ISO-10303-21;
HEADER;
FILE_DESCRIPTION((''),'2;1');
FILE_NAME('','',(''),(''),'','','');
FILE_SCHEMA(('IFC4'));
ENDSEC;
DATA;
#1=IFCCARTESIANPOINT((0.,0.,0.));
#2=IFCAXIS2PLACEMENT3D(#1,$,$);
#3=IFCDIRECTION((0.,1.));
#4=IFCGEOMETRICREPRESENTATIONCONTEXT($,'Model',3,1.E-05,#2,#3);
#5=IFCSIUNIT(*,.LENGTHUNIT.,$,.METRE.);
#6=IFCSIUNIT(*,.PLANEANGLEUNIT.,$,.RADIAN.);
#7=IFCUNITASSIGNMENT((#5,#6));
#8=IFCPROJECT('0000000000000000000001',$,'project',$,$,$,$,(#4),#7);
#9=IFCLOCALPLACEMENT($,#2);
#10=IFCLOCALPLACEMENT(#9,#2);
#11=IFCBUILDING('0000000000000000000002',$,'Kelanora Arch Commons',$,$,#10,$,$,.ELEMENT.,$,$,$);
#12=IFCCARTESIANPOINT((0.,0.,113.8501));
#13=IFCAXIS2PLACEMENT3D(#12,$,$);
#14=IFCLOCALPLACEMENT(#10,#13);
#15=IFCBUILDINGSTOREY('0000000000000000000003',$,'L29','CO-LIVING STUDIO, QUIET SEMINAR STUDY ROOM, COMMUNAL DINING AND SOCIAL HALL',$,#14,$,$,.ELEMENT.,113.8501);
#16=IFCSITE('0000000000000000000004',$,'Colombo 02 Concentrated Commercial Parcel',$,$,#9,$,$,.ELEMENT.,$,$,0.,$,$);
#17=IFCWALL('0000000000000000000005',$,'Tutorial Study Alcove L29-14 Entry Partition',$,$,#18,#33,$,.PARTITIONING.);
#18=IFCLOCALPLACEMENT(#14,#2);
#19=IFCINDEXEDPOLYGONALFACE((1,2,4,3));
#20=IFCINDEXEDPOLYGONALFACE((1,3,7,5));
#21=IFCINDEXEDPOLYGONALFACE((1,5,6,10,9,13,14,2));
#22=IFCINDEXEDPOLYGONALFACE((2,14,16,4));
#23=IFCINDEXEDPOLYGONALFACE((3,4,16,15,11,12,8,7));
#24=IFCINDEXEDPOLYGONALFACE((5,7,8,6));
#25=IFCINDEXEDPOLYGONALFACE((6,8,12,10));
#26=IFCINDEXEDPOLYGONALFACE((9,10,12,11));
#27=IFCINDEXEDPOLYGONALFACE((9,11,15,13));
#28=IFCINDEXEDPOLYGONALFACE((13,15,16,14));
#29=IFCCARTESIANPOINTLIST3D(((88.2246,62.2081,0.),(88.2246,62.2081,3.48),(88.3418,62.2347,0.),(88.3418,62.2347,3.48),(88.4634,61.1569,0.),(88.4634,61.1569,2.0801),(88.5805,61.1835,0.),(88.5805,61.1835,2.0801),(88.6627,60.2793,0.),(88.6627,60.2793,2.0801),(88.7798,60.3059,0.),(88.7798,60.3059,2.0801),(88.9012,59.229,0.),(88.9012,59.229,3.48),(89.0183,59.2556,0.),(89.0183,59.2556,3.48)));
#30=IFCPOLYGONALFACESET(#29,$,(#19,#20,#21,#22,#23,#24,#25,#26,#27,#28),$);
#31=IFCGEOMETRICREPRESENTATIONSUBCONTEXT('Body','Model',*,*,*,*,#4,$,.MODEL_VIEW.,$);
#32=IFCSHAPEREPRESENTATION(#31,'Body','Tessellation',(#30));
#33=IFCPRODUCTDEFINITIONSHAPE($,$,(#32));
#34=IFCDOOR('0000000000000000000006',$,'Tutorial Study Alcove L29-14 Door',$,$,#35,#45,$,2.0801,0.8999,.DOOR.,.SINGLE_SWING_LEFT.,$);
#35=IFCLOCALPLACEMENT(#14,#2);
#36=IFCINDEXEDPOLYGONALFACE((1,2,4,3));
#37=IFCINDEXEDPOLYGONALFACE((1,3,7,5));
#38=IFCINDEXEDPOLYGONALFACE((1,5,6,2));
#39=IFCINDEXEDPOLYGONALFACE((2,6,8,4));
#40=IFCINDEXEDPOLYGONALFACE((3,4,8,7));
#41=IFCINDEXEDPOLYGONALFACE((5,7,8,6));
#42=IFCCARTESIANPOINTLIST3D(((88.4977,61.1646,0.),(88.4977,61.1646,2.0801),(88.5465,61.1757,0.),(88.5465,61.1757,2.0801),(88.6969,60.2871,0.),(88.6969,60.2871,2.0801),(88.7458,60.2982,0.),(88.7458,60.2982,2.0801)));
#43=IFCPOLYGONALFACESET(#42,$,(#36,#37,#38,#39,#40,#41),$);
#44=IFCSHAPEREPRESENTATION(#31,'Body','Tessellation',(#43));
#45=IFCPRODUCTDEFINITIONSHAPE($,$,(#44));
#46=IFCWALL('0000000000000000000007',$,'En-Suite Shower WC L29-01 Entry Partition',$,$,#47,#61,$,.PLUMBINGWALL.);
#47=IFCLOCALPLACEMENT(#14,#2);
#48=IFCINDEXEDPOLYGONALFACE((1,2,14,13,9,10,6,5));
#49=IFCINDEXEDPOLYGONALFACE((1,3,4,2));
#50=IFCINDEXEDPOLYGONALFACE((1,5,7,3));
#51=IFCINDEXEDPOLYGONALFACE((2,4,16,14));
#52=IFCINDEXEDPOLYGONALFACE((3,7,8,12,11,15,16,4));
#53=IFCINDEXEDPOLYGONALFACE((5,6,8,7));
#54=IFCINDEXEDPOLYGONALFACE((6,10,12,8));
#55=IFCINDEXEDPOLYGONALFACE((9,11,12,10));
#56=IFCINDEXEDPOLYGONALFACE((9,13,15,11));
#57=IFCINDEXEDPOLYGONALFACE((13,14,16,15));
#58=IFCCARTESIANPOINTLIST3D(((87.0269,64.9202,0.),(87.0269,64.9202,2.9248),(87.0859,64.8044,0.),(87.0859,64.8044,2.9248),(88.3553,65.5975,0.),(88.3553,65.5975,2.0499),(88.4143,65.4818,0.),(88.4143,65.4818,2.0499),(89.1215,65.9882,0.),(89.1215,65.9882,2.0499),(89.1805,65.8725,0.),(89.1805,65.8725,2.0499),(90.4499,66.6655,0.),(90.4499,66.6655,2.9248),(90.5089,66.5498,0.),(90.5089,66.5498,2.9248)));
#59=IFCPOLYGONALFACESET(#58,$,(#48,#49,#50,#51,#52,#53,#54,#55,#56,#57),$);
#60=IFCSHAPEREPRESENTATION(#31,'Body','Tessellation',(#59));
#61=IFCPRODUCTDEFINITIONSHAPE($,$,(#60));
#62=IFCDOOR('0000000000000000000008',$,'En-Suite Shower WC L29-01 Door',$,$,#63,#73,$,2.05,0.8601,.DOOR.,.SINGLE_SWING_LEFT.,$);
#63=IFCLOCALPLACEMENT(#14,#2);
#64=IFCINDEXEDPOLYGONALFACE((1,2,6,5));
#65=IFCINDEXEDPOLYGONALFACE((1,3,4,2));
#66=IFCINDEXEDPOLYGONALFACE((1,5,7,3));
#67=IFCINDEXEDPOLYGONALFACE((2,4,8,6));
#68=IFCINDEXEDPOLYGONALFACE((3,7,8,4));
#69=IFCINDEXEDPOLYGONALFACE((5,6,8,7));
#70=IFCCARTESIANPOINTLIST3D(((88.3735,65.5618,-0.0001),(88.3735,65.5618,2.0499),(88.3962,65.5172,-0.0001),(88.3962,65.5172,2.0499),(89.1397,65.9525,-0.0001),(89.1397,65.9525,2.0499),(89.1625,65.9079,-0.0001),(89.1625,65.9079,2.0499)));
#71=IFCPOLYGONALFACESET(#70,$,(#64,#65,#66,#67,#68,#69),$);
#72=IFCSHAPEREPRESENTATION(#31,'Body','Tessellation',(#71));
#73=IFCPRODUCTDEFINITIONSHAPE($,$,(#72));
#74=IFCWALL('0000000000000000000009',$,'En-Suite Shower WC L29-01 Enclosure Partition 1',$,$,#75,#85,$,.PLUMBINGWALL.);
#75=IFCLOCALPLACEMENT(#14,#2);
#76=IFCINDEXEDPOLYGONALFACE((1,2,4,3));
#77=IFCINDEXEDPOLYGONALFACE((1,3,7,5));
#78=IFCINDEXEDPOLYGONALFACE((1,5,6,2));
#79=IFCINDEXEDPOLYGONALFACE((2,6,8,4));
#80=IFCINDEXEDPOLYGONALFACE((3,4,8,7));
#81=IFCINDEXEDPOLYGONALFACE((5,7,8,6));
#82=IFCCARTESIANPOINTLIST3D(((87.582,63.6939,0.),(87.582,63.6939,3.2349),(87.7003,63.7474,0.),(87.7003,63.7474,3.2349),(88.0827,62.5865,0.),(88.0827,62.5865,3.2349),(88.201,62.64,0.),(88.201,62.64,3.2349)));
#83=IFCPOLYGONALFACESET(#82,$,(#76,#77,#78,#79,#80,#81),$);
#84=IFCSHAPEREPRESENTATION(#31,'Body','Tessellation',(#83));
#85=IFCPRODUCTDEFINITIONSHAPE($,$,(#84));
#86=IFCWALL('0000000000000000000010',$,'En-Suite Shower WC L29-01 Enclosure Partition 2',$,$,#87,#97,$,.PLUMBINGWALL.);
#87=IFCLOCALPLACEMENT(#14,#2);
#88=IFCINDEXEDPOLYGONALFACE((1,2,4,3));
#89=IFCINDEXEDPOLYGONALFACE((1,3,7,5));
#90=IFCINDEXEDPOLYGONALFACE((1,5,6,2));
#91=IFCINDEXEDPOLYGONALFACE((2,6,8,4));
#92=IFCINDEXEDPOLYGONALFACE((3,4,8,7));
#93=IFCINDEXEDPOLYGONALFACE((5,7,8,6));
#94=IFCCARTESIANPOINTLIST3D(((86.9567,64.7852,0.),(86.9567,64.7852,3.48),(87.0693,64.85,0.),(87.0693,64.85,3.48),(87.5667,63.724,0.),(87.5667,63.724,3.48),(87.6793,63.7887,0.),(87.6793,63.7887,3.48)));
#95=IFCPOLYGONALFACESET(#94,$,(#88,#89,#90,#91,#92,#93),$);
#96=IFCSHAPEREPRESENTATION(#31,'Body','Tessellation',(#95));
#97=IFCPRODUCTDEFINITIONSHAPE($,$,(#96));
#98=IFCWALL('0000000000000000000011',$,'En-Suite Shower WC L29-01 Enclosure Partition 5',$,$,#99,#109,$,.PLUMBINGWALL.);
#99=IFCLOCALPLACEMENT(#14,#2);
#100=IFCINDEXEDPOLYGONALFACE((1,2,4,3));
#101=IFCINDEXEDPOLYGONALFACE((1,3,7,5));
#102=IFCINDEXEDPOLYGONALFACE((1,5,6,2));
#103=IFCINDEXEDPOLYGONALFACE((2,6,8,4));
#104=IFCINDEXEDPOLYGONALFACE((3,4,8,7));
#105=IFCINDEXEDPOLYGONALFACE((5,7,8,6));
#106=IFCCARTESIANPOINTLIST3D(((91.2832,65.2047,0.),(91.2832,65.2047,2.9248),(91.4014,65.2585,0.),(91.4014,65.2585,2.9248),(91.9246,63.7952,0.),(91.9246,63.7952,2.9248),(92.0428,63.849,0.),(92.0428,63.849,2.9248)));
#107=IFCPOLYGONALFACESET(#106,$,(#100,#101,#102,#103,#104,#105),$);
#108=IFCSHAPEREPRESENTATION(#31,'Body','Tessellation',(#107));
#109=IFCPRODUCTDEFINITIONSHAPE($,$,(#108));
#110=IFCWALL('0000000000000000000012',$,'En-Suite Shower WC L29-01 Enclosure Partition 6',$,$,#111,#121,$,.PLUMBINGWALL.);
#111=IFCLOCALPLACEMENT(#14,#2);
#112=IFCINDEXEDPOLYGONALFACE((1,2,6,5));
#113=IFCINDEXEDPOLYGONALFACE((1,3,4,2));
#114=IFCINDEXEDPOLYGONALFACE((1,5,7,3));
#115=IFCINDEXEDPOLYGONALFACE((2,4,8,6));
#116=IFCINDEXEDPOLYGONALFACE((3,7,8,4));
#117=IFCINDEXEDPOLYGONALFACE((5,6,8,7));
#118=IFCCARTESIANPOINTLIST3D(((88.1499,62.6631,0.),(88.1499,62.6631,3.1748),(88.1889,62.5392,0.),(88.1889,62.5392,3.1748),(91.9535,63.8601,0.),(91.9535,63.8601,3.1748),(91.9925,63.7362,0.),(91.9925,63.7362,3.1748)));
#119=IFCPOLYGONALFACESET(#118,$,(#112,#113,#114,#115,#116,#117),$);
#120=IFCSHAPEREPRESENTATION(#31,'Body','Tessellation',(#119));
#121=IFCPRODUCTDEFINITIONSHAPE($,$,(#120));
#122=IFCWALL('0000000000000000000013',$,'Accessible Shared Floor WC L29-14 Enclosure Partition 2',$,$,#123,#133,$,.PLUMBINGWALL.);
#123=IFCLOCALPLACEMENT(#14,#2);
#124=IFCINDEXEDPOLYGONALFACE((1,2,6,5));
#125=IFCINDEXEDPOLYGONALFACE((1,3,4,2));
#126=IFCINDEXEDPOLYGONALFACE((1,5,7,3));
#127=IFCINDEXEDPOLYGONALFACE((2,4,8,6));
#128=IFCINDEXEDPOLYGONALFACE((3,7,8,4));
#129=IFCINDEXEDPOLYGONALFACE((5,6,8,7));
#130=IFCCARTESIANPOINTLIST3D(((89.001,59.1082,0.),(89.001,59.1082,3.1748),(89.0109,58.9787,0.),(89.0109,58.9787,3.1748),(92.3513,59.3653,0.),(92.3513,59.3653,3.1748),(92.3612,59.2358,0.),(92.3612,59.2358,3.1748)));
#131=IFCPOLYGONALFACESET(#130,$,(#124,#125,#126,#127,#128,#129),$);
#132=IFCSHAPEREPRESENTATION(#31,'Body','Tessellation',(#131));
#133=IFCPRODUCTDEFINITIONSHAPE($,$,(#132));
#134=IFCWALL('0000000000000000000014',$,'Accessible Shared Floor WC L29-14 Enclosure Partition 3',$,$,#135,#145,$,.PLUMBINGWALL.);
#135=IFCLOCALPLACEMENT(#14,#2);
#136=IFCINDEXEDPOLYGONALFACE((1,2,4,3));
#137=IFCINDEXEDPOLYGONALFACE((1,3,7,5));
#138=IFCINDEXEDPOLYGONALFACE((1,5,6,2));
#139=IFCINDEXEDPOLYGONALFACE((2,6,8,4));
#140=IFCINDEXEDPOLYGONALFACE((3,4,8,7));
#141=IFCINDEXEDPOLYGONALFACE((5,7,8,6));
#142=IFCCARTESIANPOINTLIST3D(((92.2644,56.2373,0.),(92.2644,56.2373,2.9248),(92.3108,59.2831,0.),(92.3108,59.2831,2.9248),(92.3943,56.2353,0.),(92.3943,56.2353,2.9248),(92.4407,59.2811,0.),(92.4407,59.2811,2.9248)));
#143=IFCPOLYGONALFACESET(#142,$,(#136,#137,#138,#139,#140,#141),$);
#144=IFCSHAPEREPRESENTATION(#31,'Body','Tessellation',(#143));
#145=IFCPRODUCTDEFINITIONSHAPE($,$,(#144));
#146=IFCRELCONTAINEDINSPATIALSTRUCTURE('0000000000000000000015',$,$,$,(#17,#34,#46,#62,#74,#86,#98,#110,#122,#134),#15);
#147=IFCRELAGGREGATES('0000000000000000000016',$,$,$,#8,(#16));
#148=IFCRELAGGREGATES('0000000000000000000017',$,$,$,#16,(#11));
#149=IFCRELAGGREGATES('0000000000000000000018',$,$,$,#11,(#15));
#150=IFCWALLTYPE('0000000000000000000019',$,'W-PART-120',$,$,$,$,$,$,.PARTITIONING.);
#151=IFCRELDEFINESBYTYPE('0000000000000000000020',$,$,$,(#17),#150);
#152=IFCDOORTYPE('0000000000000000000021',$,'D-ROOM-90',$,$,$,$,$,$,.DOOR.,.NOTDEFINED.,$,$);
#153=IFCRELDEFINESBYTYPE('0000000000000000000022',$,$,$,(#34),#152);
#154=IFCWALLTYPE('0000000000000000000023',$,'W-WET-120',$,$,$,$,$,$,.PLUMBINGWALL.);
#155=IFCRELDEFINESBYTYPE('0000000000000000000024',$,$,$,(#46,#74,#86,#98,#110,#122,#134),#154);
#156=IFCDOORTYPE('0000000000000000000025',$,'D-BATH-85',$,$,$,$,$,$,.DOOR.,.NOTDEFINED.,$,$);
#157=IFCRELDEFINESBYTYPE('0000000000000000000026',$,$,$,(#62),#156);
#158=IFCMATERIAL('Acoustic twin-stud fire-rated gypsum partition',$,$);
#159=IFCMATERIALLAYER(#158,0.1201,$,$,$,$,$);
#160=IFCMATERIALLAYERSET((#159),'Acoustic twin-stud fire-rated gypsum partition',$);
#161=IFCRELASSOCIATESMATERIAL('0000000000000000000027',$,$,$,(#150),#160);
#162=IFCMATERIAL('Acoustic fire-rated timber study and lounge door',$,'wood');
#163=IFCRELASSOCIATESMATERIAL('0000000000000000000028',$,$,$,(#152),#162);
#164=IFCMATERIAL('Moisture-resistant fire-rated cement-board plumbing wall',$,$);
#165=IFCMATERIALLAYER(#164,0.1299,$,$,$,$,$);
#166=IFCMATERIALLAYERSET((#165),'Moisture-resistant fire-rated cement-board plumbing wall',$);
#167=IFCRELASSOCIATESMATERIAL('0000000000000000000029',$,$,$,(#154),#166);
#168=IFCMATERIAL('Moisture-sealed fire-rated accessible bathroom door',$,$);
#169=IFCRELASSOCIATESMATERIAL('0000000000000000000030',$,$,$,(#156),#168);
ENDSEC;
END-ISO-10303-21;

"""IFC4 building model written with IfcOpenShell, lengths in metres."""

from ifc_helpers import new_model, si_unit, direction, frame, frame_2d, origin, place, context, subcontext, project, spatial, rectangle, extrude, material, layer, layer_set, type_object, element, fill, save


model = new_model("IFC4")

# Units and contexts
model_context = context("Model", 3, precision=1e-05, world=origin(), true_north=direction((0.0, 1.0)))
body_context = subcontext(model_context, "Body", "Model", "MODEL_VIEW")
ifc_project = project(units=[si_unit("LENGTHUNIT", "METRE"), si_unit("PLANEANGLEUNIT", "RADIAN")], contexts=[model_context])

# Site, building, storey
site_placement = place(None, origin())
site = spatial("IfcSite", under=ifc_project, at=site_placement, Name="Colombo 02 Concentrated Commercial Parcel", CompositionType="ELEMENT", RefElevation=0.0)
building_placement = place(site_placement, origin())
building = spatial("IfcBuilding", under=site, at=building_placement, Name="Kelanora Arch Commons", CompositionType="ELEMENT")
storey_placement = place(building_placement, frame((0.0, 0.0, 113.8501)))
storey = spatial("IfcBuildingStorey", under=building, at=storey_placement, Name="L29", Description="CO-LIVING STUDIO, QUIET SEMINAR STUDY ROOM, COMMUNAL DINING AND SOCIAL HALL", CompositionType="ELEMENT", Elevation=113.8501)

# Walls, openings, doors
ifc_material_1 = material(Name="Acoustic twin-stud fire-rated gypsum partition")
ifc_layer_1 = layer(ifc_material_1, 0.1201)
ifc_layer_set_1 = layer_set([ifc_layer_1], Name="Acoustic twin-stud fire-rated gypsum partition")
wall_type_1 = type_object("IfcWallType", Name="W-PART-120", PredefinedType="PARTITIONING", material=ifc_layer_set_1)
wall_1_placement = place(storey_placement, frame((88.9597, 59.2424, 0.0), z_axis=(0.0, 0.0, 1.0), x_axis=(-0.221455, 0.975171, 0.0)))
wall_1 = element("IfcWall", 1, at=wall_1_placement, inside=storey, type_object=wall_type_1, Name="Tutorial Study Alcove L29-14 Entry Partition", PredefinedType="PARTITIONING", context=body_context, shape_type="SweptSolid", body=[
    extrude(rectangle(XDim=3.0549, YDim=0.1201, at=frame_2d((1.5273, 0.0))), origin(), (0.0, 0.0, 1.0), 3.48),
])
opening_1_placement = place(wall_1_placement, frame((1.0769, 0.0, 0.0)))
opening_1 = element("IfcOpeningElement", 2, at=opening_1_placement, cuts=wall_1, PredefinedType="OPENING", context=body_context, shape_type="SweptSolid", body=[
    extrude(rectangle(XDim=0.8999, YDim=2.0801, at=frame_2d((0.45, 1.04))), frame((0.0, 0.0701, 0.0), z_axis=(0.0, -1.0, 0.0), x_axis=(1.0, 0.0, 0.0)), (0.0, 0.0, 1.0), 0.1401),
])
ifc_material_2 = material(Name="Acoustic fire-rated timber study and lounge door", Category="wood")
door_type_1 = type_object("IfcDoorType", Name="D-ROOM-90", OperationType="NOTDEFINED", PredefinedType="DOOR", material=ifc_material_2)
door_1_placement = place(opening_1_placement, origin())
door_1 = element("IfcDoor", 3, at=door_1_placement, inside=storey, type_object=door_type_1, Name="Tutorial Study Alcove L29-14 Door", OperationType="SINGLE_SWING_LEFT", OverallHeight=2.0801, OverallWidth=0.8999, PredefinedType="DOOR", context=body_context, shape_type="SweptSolid", body=[
    extrude(rectangle(XDim=0.8999, YDim=2.0801, at=frame_2d((0.45, 1.04))), frame((0.0, 0.0249, 0.0), z_axis=(0.0, -1.0, 0.0), x_axis=(1.0, 0.0, 0.0)), (0.0, 0.0, 1.0), 0.05),
])
fill(opening_1, door_1)
ifc_material_3 = material(Name="Moisture-resistant fire-rated cement-board plumbing wall")
ifc_layer_2 = layer(ifc_material_3, 0.1299)
ifc_layer_set_2 = layer_set([ifc_layer_2], Name="Moisture-resistant fire-rated cement-board plumbing wall")
wall_type_2 = type_object("IfcWallType", Name="W-WET-120", PredefinedType="PLUMBINGWALL", material=ifc_layer_set_2)
wall_2_placement = place(storey_placement, frame((87.0564, 64.8623, 0.0), z_axis=(0.0, 0.0, 1.0), x_axis=(0.890879, 0.45424, 0.0)))
wall_2 = element("IfcWall", 4, at=wall_2_placement, inside=storey, type_object=wall_type_2, Name="En-Suite Shower WC L29-01 Entry Partition", PredefinedType="PLUMBINGWALL", context=body_context, shape_type="SweptSolid", body=[
    extrude(rectangle(XDim=3.8423, YDim=0.1299, at=frame_2d((1.9211, 0.0))), origin(), (0.0, 0.0, 1.0), 2.9248),
])
opening_2_placement = place(wall_2_placement, frame((1.491, 0.0, 0.0)))
opening_2 = element("IfcOpeningElement", 5, at=opening_2_placement, cuts=wall_2, PredefinedType="OPENING", context=body_context, shape_type="SweptSolid", body=[
    extrude(rectangle(XDim=0.8601, YDim=2.05, at=frame_2d((0.4302, 1.0249))), frame((0.0, 0.075, 0.0), z_axis=(0.0, -1.0, 0.0), x_axis=(1.0, 0.0, 0.0)), (0.0, 0.0, 1.0), 0.1499),
])
ifc_material_4 = material(Name="Moisture-sealed fire-rated accessible bathroom door")
door_type_2 = type_object("IfcDoorType", Name="D-BATH-85", OperationType="NOTDEFINED", PredefinedType="DOOR", material=ifc_material_4)
door_2_placement = place(opening_2_placement, origin())
door_2 = element("IfcDoor", 6, at=door_2_placement, inside=storey, type_object=door_type_2, Name="En-Suite Shower WC L29-01 Door", OperationType="SINGLE_SWING_LEFT", OverallHeight=2.05, OverallWidth=0.8601, PredefinedType="DOOR", context=body_context, shape_type="SweptSolid", body=[
    extrude(rectangle(XDim=0.8601, YDim=2.05, at=frame_2d((0.4302, 1.0249))), frame((0.0, 0.0249, 0.0), z_axis=(0.0, -1.0, 0.0), x_axis=(1.0, 0.0, 0.0)), (0.0, 0.0, 1.0), 0.05),
])
fill(opening_2, door_2)

# Walls
wall_3_placement = place(storey_placement, frame((88.1418, 62.6133, 0.0), z_axis=(0.0, 0.0, 1.0), x_axis=(-0.412001, 0.911183, 0.0)))
element("IfcWall", 7, at=wall_3_placement, inside=storey, type_object=wall_type_2, Name="En-Suite Shower WC L29-01 Enclosure Partition 1", PredefinedType="PLUMBINGWALL", context=body_context, shape_type="SweptSolid", body=[
    extrude(rectangle(XDim=1.2153, YDim=0.1299, at=frame_2d((0.6077, 0.0))), origin(), (0.0, 0.0, 1.0), 3.2349),
])
wall_4_placement = place(storey_placement, frame((87.623, 63.7563, 0.0), z_axis=(0.0, 0.0, 1.0), x_axis=(-0.498392, 0.866952, 0.0)))
element("IfcWall", 8, at=wall_4_placement, inside=storey, type_object=wall_type_2, Name="En-Suite Shower WC L29-01 Enclosure Partition 2", PredefinedType="PLUMBINGWALL", context=body_context, shape_type="SweptSolid", body=[
    extrude(rectangle(XDim=1.2241, YDim=0.1299, at=frame_2d((0.6121, 0.0))), origin(), (0.0, 0.0, 1.0), 3.48),
])
wall_5_placement = place(storey_placement, frame((91.3423, 65.2317, 0.0), z_axis=(0.0, 0.0, 1.0), x_axis=(0.414183, -0.910194, 0.0)))
element("IfcWall", 9, at=wall_5_placement, inside=storey, type_object=wall_type_2, Name="En-Suite Shower WC L29-01 Enclosure Partition 5", PredefinedType="PLUMBINGWALL", context=body_context, shape_type="SweptSolid", body=[
    extrude(rectangle(XDim=1.5486, YDim=0.1299, at=frame_2d((0.7744, 0.0))), origin(), (0.0, 0.0, 1.0), 2.9248),
])
wall_6_placement = place(storey_placement, frame((91.9729, 63.7981, 0.0), z_axis=(0.0, 0.0, 1.0), x_axis=(-0.953881, -0.300185, 0.0)))
element("IfcWall", 10, at=wall_6_placement, inside=storey, type_object=wall_type_2, Name="En-Suite Shower WC L29-01 Enclosure Partition 6", PredefinedType="PLUMBINGWALL", context=body_context, shape_type="SweptSolid", body=[
    extrude(rectangle(XDim=3.9875, YDim=0.1299, at=frame_2d((1.9937, 0.0))), origin(), (0.0, 0.0, 1.0), 3.1748),
])
wall_7_placement = place(storey_placement, frame((89.0059, 59.0435, 0.0), z_axis=(0.0, 0.0, 1.0), x_axis=(0.997069, 0.076508, 0.0)))
element("IfcWall", 11, at=wall_7_placement, inside=storey, type_object=wall_type_2, Name="Accessible Shared Floor WC L29-14 Enclosure Partition 2", PredefinedType="PLUMBINGWALL", context=body_context, shape_type="SweptSolid", body=[
    extrude(rectangle(XDim=3.3601, YDim=0.1299, at=frame_2d((1.6802, 0.0))), origin(), (0.0, 0.0, 1.0), 3.1748),
])
wall_8_placement = place(storey_placement, frame((92.3757, 59.282, 0.0), z_axis=(0.0, 0.0, 1.0), x_axis=(-0.015227, -0.999884, 0.0)))
element("IfcWall", 12, at=wall_8_placement, inside=storey, type_object=wall_type_2, Name="Accessible Shared Floor WC L29-14 Enclosure Partition 3", PredefinedType="PLUMBINGWALL", context=body_context, shape_type="SweptSolid", body=[
    extrude(rectangle(XDim=3.0461, YDim=0.1299, at=frame_2d((1.5229, 0.0))), origin(), (0.0, 0.0, 1.0), 2.9248),
])

save(model, "model.ifc")
